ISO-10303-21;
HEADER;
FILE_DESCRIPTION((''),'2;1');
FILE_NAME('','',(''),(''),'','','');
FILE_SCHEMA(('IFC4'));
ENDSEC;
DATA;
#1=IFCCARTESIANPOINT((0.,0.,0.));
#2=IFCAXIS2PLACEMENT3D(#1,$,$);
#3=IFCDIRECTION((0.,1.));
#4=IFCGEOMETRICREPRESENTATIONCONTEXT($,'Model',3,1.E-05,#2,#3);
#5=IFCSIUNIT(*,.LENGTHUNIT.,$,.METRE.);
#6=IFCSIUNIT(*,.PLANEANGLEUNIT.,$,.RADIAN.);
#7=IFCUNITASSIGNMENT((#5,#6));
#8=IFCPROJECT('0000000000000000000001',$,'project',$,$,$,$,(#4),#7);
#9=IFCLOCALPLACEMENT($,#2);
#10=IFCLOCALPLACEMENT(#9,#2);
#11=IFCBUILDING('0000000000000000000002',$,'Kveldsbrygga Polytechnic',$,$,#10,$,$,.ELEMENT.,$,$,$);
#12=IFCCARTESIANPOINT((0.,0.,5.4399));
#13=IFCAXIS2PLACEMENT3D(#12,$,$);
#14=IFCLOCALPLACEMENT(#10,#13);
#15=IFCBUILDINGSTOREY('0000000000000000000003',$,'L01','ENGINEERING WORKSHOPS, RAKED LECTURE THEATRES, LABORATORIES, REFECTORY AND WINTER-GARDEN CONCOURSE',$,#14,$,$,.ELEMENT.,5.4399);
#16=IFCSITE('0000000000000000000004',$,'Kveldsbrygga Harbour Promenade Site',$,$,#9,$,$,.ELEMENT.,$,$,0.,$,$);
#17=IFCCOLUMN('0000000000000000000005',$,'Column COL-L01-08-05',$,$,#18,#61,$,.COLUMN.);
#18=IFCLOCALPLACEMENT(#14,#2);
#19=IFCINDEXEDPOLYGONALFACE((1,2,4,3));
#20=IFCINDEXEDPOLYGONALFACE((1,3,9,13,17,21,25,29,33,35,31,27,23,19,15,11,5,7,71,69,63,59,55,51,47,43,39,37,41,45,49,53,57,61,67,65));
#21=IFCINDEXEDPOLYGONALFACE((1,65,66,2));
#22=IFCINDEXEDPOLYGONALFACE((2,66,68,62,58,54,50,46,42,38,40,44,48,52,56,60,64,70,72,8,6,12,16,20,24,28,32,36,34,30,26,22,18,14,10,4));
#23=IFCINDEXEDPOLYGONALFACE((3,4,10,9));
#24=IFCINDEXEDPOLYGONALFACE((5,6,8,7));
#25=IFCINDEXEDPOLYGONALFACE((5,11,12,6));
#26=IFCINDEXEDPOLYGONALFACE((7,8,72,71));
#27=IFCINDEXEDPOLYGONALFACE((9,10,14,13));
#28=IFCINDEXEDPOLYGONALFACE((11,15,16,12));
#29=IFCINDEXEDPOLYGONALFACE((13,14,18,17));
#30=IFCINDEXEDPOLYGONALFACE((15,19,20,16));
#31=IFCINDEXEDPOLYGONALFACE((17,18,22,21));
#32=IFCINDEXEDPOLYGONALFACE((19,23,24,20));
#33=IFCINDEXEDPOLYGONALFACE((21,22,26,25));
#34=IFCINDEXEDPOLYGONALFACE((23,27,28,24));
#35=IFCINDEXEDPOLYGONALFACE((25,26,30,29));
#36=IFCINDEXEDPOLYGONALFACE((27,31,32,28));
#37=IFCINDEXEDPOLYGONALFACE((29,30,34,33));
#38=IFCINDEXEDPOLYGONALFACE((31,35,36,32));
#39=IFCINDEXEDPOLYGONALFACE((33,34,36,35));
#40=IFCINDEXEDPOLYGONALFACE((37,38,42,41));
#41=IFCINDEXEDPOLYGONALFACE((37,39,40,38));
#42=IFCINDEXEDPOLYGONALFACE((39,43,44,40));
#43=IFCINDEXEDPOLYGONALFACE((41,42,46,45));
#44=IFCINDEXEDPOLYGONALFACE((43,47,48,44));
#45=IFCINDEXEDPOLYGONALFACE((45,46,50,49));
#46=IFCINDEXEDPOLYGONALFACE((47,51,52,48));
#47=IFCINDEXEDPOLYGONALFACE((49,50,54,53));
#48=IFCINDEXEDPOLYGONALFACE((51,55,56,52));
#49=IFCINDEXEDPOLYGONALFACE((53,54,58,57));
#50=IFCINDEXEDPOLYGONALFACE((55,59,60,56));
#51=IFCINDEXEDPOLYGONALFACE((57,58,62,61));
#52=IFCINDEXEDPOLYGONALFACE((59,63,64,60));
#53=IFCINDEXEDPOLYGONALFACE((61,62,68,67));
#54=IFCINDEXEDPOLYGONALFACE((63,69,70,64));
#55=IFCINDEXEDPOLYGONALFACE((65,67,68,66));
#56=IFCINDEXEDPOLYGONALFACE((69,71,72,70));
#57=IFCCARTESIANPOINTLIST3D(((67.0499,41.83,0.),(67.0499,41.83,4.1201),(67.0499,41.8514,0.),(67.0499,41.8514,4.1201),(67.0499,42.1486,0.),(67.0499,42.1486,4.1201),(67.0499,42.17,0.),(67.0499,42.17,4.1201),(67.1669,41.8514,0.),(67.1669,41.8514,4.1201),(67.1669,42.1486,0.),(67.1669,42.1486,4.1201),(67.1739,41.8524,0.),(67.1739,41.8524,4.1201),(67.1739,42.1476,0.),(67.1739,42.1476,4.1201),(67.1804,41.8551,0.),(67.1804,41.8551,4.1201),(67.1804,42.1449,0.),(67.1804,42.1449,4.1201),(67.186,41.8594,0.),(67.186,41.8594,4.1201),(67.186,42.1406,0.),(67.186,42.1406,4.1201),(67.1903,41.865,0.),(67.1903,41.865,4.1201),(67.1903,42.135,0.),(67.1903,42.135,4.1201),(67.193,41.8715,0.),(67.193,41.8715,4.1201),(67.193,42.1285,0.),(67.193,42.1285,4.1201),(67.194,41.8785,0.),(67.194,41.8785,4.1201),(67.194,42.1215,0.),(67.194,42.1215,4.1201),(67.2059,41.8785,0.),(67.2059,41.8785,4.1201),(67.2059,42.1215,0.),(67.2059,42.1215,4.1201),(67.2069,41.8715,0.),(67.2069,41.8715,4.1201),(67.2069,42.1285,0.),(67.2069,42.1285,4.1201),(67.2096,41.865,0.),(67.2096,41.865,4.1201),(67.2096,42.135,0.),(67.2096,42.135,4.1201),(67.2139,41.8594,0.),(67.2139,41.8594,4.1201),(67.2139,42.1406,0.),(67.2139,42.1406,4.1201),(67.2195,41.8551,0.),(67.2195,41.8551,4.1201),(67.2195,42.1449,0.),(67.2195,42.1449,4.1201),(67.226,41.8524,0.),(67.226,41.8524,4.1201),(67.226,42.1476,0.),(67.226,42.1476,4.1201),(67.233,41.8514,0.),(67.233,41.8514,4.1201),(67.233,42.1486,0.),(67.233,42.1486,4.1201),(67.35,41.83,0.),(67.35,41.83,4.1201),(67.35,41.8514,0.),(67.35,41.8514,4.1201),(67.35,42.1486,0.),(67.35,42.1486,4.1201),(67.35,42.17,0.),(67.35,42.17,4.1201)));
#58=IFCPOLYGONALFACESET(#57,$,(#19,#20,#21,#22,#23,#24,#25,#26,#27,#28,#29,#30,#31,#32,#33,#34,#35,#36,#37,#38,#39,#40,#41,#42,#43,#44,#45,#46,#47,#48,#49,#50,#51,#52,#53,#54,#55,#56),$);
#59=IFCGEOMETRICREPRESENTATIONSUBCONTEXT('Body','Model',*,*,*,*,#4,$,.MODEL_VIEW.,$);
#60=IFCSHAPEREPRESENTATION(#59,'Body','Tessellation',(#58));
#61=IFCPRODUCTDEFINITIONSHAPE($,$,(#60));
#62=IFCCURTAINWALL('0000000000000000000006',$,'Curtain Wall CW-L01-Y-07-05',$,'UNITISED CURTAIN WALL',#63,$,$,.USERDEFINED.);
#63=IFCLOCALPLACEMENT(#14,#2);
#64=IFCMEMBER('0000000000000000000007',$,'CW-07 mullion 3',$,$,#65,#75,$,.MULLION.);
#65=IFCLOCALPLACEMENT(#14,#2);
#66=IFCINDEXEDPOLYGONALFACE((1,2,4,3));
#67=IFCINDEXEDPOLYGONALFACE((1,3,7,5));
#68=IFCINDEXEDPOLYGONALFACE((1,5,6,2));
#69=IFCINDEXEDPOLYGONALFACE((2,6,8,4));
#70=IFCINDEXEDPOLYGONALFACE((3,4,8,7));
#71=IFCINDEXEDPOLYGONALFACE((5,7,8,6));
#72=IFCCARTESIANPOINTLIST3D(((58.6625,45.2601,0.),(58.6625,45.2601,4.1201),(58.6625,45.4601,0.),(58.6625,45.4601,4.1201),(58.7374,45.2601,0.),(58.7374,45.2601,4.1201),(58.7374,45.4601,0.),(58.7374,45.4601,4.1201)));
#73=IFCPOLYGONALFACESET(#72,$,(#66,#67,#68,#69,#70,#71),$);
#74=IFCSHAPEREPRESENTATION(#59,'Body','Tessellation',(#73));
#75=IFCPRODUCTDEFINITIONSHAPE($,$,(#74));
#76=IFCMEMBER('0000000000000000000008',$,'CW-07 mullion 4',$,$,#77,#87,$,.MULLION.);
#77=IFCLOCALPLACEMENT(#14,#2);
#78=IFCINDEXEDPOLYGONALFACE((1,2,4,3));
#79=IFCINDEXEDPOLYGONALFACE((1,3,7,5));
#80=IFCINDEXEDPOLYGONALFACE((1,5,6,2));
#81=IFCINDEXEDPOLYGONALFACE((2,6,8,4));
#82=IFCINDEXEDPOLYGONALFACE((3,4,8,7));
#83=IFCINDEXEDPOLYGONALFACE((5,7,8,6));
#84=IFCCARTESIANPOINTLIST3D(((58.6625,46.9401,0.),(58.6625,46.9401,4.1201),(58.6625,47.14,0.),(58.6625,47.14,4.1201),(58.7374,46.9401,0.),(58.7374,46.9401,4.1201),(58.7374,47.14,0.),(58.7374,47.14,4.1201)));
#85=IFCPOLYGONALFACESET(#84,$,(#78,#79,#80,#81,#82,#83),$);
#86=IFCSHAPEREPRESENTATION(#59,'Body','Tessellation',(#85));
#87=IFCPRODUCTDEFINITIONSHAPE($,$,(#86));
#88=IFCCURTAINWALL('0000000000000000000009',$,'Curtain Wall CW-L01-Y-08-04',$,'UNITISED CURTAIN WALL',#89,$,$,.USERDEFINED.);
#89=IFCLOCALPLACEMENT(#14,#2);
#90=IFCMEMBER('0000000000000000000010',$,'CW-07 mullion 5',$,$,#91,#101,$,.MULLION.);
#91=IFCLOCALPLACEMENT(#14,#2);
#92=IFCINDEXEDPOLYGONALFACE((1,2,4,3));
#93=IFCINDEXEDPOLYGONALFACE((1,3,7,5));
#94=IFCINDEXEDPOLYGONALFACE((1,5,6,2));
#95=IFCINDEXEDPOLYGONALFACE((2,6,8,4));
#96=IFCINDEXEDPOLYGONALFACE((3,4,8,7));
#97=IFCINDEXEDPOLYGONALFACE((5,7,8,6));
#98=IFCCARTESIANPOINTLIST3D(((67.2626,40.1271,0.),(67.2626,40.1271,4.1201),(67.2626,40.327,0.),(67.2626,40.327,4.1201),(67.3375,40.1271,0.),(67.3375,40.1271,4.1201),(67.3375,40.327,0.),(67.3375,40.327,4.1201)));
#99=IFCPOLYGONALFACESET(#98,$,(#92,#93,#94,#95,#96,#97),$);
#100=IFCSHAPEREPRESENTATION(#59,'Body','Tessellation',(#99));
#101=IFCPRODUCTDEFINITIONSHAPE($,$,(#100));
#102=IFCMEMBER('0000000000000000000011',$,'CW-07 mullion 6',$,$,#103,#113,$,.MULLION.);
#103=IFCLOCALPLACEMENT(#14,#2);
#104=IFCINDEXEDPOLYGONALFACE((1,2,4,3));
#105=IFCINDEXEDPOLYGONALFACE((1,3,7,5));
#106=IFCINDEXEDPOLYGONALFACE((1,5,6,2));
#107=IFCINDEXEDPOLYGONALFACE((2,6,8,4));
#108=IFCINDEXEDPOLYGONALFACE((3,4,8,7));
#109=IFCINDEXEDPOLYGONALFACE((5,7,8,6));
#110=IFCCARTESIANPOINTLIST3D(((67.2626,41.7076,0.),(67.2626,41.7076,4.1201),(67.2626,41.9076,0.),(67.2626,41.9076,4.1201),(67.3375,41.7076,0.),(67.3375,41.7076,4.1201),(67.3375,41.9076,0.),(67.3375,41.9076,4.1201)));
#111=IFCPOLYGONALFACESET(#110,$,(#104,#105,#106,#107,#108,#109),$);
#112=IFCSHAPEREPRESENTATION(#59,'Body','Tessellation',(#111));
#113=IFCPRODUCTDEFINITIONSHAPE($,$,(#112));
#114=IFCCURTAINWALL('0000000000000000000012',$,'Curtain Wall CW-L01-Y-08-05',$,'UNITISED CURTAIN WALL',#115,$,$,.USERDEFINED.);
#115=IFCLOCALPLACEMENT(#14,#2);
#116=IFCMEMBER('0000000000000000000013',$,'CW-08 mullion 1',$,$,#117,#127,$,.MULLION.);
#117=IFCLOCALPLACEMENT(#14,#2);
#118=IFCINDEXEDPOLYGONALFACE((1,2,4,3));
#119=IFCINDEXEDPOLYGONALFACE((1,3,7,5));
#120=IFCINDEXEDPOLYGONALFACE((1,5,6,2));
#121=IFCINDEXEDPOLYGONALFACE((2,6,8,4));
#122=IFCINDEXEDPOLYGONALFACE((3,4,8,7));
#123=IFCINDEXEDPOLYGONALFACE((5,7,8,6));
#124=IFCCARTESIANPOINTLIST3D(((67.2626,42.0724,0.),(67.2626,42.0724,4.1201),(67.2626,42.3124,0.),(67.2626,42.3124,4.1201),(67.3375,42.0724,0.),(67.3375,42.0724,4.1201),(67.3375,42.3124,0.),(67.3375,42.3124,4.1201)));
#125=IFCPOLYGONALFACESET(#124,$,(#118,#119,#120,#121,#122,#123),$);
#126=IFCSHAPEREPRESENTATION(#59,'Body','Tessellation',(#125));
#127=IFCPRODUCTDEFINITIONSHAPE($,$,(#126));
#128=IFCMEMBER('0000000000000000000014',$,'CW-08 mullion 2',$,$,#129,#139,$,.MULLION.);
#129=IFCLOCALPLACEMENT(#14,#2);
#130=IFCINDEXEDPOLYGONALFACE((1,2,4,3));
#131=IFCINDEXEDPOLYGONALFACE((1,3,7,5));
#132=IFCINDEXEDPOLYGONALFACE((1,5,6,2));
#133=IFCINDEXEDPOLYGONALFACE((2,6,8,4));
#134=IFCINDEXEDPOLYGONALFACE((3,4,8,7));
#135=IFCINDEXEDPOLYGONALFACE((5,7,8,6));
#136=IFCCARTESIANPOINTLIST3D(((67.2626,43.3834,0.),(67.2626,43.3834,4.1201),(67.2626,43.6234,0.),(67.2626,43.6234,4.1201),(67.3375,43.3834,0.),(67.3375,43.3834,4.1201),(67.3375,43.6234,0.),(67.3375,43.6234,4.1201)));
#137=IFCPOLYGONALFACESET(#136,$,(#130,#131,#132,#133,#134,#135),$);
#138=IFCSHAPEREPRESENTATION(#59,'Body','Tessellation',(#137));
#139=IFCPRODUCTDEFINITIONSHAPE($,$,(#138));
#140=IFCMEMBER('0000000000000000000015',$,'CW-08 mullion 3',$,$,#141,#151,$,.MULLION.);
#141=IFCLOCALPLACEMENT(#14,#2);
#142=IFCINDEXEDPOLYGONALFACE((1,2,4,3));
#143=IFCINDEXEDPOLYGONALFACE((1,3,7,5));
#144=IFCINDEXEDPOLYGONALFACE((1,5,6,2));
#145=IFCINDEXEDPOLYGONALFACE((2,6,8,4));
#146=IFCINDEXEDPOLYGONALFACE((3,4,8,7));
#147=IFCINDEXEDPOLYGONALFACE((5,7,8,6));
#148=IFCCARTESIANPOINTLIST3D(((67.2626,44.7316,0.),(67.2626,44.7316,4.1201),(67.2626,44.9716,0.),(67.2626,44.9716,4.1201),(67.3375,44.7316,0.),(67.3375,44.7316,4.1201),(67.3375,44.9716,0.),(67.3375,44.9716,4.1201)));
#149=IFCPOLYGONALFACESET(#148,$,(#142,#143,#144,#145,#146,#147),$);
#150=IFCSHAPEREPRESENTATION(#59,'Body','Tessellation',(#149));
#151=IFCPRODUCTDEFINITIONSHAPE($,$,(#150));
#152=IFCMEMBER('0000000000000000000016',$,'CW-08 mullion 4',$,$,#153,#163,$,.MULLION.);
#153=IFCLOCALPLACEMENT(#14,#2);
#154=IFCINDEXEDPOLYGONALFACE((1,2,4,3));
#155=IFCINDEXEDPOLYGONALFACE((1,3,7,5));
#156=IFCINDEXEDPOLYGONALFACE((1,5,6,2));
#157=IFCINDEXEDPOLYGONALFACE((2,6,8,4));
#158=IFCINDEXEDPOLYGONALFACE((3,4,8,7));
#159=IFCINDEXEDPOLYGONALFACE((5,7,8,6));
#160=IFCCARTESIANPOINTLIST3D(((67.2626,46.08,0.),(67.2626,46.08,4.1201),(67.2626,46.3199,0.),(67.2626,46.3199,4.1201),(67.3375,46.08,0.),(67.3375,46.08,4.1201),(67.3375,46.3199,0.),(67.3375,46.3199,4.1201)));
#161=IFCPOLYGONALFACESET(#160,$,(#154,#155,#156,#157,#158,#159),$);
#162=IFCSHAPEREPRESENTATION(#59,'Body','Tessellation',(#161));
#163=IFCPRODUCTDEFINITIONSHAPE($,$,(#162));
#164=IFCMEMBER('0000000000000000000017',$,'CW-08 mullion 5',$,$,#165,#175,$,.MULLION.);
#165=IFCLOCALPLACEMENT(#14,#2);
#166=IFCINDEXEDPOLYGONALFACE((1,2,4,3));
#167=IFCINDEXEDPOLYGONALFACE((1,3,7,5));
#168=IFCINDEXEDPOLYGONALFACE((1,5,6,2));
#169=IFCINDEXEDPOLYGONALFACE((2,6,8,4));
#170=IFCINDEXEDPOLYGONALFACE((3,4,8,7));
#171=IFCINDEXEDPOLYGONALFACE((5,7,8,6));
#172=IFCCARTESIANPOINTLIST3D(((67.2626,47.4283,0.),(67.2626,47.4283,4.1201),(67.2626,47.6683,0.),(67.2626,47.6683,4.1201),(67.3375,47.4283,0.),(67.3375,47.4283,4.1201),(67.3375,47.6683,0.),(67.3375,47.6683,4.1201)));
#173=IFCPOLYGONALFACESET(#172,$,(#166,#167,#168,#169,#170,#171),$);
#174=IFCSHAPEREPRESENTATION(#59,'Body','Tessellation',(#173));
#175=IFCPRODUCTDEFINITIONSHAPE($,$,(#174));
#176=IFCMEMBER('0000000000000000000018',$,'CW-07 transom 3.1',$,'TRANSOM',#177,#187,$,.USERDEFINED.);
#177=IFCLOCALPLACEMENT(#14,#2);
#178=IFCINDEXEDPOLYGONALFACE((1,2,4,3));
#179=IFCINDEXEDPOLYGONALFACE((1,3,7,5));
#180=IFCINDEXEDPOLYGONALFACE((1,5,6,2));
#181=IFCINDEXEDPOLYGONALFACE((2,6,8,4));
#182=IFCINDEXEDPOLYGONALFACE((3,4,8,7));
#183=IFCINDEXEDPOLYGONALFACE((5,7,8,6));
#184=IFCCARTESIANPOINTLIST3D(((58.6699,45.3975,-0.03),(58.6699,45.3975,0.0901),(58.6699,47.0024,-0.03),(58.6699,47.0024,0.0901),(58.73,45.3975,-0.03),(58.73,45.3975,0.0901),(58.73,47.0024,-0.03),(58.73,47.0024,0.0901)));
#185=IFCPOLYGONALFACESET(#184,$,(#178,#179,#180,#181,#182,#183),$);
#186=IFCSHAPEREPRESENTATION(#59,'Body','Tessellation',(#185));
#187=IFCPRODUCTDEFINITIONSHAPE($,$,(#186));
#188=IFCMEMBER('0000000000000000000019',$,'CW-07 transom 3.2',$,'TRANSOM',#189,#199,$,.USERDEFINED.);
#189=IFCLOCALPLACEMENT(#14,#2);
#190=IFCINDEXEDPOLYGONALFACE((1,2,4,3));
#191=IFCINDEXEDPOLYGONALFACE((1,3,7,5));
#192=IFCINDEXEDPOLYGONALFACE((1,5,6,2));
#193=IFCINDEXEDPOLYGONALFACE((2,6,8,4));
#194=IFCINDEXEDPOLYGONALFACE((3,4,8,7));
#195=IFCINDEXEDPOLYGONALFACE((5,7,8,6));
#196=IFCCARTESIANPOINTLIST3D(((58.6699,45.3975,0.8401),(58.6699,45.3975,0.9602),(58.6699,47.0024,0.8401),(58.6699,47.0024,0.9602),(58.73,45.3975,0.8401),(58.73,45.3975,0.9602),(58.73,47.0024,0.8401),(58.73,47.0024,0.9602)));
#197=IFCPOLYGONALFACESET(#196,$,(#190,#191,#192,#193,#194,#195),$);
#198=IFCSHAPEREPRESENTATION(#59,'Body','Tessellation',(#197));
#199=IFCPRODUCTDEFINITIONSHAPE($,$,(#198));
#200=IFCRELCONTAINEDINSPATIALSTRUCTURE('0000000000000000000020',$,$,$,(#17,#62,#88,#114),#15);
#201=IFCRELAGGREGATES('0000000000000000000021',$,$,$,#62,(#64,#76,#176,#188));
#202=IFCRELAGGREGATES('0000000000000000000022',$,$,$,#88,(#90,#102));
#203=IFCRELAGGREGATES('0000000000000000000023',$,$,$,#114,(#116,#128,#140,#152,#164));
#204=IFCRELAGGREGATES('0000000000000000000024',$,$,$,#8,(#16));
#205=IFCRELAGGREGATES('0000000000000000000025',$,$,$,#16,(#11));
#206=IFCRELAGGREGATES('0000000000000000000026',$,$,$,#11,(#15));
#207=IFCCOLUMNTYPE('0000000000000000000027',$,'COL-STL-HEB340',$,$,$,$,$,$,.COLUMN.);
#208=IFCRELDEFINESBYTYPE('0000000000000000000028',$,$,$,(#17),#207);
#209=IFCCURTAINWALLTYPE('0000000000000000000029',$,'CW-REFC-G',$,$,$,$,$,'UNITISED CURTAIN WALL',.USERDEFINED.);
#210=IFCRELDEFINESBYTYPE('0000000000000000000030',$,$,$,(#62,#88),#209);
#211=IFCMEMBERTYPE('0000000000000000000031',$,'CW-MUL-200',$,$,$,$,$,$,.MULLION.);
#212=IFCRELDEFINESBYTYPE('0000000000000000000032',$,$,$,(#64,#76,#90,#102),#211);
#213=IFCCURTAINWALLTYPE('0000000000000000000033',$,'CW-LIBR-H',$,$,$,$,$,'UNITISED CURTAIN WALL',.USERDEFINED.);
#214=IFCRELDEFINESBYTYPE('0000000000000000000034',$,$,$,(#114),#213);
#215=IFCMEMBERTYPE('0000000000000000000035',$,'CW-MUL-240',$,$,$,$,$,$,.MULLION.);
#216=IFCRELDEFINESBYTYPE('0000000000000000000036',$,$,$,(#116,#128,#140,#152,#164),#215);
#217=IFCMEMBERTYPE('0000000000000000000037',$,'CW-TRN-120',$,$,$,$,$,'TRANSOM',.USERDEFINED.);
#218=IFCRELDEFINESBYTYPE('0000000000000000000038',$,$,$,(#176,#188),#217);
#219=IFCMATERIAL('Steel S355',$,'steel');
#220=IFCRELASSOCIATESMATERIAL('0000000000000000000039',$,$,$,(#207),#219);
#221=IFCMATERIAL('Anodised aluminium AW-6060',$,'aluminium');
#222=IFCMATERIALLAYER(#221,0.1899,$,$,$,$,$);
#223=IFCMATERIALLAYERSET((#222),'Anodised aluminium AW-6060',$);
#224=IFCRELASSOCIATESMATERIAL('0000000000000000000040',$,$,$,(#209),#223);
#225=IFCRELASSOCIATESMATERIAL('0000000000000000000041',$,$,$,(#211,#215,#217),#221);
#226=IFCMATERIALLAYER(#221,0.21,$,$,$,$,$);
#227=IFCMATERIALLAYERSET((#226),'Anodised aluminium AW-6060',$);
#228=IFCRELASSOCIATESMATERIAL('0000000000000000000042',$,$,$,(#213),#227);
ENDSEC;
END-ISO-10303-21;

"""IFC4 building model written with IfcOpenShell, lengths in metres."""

from ifc_helpers import new_model, si_unit, direction, frame, origin, origin_2d, place, context, subcontext, project, spatial, rectangle, i_section, extrude, material, layer, layer_set, material_profile, profile_set, type_object, element, aggregate, save


model = new_model("IFC4")

# Units and contexts
model_context = context("Model", 3, precision=1e-05, world=origin(), true_north=direction((0.0, 1.0)))
body_context = subcontext(model_context, "Body", "Model", "MODEL_VIEW")
ifc_project = project(units=[si_unit("LENGTHUNIT", "METRE"), si_unit("PLANEANGLEUNIT", "RADIAN")], contexts=[model_context])

# Site, building, storey
site_placement = place(None, origin())
site = spatial("IfcSite", under=ifc_project, at=site_placement, Name="Kveldsbrygga Harbour Promenade Site", CompositionType="ELEMENT", RefElevation=0.0)
building_placement = place(site_placement, origin())
building = spatial("IfcBuilding", under=site, at=building_placement, Name="Kveldsbrygga Polytechnic", CompositionType="ELEMENT")
storey_placement = place(building_placement, frame((0.0, 0.0, 5.4399)))
storey = spatial("IfcBuildingStorey", under=building, at=storey_placement, Name="L01", Description="ENGINEERING WORKSHOPS, RAKED LECTURE THEATRES, LABORATORIES, REFECTORY AND WINTER-GARDEN CONCOURSE", CompositionType="ELEMENT", Elevation=5.4399)

# Column
ifc_material_1 = material(Name="Steel S355", Category="steel")
ifc_material_profile_1 = material_profile(ifc_material_1, i_section(OverallWidth=0.3, OverallDepth=0.3401, WebThickness=0.012, FlangeThickness=0.0215, FilletRadius=0.0271, at=origin_2d()), Name="HEB 340")
ifc_profile_set_1 = profile_set([ifc_material_profile_1], Name="Steel S355")
column_type = type_object("IfcColumnType", Name="COL-STL-HEB340", PredefinedType="COLUMN", material=ifc_profile_set_1)
column_placement = place(storey_placement, frame((67.2, 42.0, 0.0), z_axis=(0.0, 0.0, 1.0), x_axis=(1.0, 0.0, 0.0)))
element("IfcColumn", 1, at=column_placement, inside=storey, type_object=column_type, Name="Column COL-L01-08-05", PredefinedType="COLUMN", context=body_context, shape_type="SweptSolid", body=[
    extrude(i_section(OverallWidth=0.3, OverallDepth=0.3401, WebThickness=0.012, FlangeThickness=0.0215, FilletRadius=0.0271, at=origin_2d()), origin(), (0.0, 0.0, 1.0), 4.1201),
])

# Curtain walls, members
ifc_material_2 = material(Name="Anodised aluminium AW-6060", Category="aluminium")
ifc_layer_1 = layer(ifc_material_2, 0.1899)
ifc_layer_set_1 = layer_set([ifc_layer_1], Name="Anodised aluminium AW-6060")
curtain_wall_type_1 = type_object("IfcCurtainWallType", Name="CW-REFC-G", ElementType="UNITISED CURTAIN WALL", PredefinedType="USERDEFINED", material=ifc_layer_set_1)
curtain_wall_1_placement = place(storey_placement, origin())
curtain_wall_1 = element("IfcCurtainWall", 2, at=curtain_wall_1_placement, inside=storey, type_object=curtain_wall_type_1, Name="Curtain Wall CW-L01-Y-07-05", ObjectType="UNITISED CURTAIN WALL", PredefinedType="USERDEFINED")
ifc_material_profile_2 = material_profile(ifc_material_2, rectangle(XDim=0.075, YDim=0.2, at=origin_2d()), Name="ALU 75x200")
ifc_profile_set_2 = profile_set([ifc_material_profile_2], Name="Anodised aluminium AW-6060")
member_type_1 = type_object("IfcMemberType", Name="CW-MUL-200", PredefinedType="MULLION", material=ifc_profile_set_2)
member_1_placement = place(storey_placement, frame((58.7, 45.3601, 0.0), z_axis=(0.0, 0.0, 1.0), x_axis=(-1.0, 0.0, 0.0)))
member_1 = element("IfcMember", 3, at=member_1_placement, type_object=member_type_1, Name="CW-07 mullion 3", PredefinedType="MULLION", context=body_context, shape_type="SweptSolid", body=[
    extrude(rectangle(XDim=0.075, YDim=0.2, at=origin_2d()), origin(), (0.0, 0.0, 1.0), 4.1201),
])
member_2_placement = place(storey_placement, frame((58.7, 47.04, 0.0), z_axis=(0.0, 0.0, 1.0), x_axis=(-1.0, 0.0, 0.0)))
member_2 = element("IfcMember", 4, at=member_2_placement, type_object=member_type_1, Name="CW-07 mullion 4", PredefinedType="MULLION", context=body_context, shape_type="SweptSolid", body=[
    extrude(rectangle(XDim=0.075, YDim=0.2, at=origin_2d()), origin(), (0.0, 0.0, 1.0), 4.1201),
])
curtain_wall_2_placement = place(storey_placement, origin())
curtain_wall_2 = element("IfcCurtainWall", 5, at=curtain_wall_2_placement, inside=storey, type_object=curtain_wall_type_1, Name="Curtain Wall CW-L01-Y-08-04", ObjectType="UNITISED CURTAIN WALL", PredefinedType="USERDEFINED")
member_3_placement = place(storey_placement, frame((67.3, 40.2271, 0.0), z_axis=(0.0, 0.0, 1.0), x_axis=(-1.0, 0.0, 0.0)))
member_3 = element("IfcMember", 6, at=member_3_placement, type_object=member_type_1, Name="CW-07 mullion 5", PredefinedType="MULLION", context=body_context, shape_type="SweptSolid", body=[
    extrude(rectangle(XDim=0.075, YDim=0.2, at=origin_2d()), origin(), (0.0, 0.0, 1.0), 4.1201),
])
member_4_placement = place(storey_placement, frame((67.3, 41.8076, 0.0), z_axis=(0.0, 0.0, 1.0), x_axis=(-1.0, 0.0, 0.0)))
member_4 = element("IfcMember", 7, at=member_4_placement, type_object=member_type_1, Name="CW-07 mullion 6", PredefinedType="MULLION", context=body_context, shape_type="SweptSolid", body=[
    extrude(rectangle(XDim=0.075, YDim=0.2, at=origin_2d()), origin(), (0.0, 0.0, 1.0), 4.1201),
])
ifc_layer_2 = layer(ifc_material_2, 0.21)
ifc_layer_set_2 = layer_set([ifc_layer_2], Name="Anodised aluminium AW-6060")
curtain_wall_type_2 = type_object("IfcCurtainWallType", Name="CW-LIBR-H", ElementType="UNITISED CURTAIN WALL", PredefinedType="USERDEFINED", material=ifc_layer_set_2)
curtain_wall_3_placement = place(storey_placement, origin())
curtain_wall_3 = element("IfcCurtainWall", 8, at=curtain_wall_3_placement, inside=storey, type_object=curtain_wall_type_2, Name="Curtain Wall CW-L01-Y-08-05", ObjectType="UNITISED CURTAIN WALL", PredefinedType="USERDEFINED")
ifc_material_profile_3 = material_profile(ifc_material_2, rectangle(XDim=0.075, YDim=0.24, at=origin_2d()), Name="ALU 75x240")
ifc_profile_set_3 = profile_set([ifc_material_profile_3], Name="Anodised aluminium AW-6060")
member_type_2 = type_object("IfcMemberType", Name="CW-MUL-240", PredefinedType="MULLION", material=ifc_profile_set_3)
member_5_placement = place(storey_placement, frame((67.3, 42.1924, 0.0), z_axis=(0.0, 0.0, 1.0), x_axis=(-1.0, 0.0, 0.0)))
member_5 = element("IfcMember", 9, at=member_5_placement, type_object=member_type_2, Name="CW-08 mullion 1", PredefinedType="MULLION", context=body_context, shape_type="SweptSolid", body=[
    extrude(rectangle(XDim=0.075, YDim=0.24, at=origin_2d()), origin(), (0.0, 0.0, 1.0), 4.1201),
])
member_6_placement = place(storey_placement, frame((67.3, 43.5034, 0.0), z_axis=(0.0, 0.0, 1.0), x_axis=(-1.0, 0.0, 0.0)))
member_6 = element("IfcMember", 10, at=member_6_placement, type_object=member_type_2, Name="CW-08 mullion 2", PredefinedType="MULLION", context=body_context, shape_type="SweptSolid", body=[
    extrude(rectangle(XDim=0.075, YDim=0.24, at=origin_2d()), origin(), (0.0, 0.0, 1.0), 4.1201),
])
member_7_placement = place(storey_placement, frame((67.3, 44.8516, 0.0), z_axis=(0.0, 0.0, 1.0), x_axis=(-1.0, 0.0, 0.0)))
member_7 = element("IfcMember", 11, at=member_7_placement, type_object=member_type_2, Name="CW-08 mullion 3", PredefinedType="MULLION", context=body_context, shape_type="SweptSolid", body=[
    extrude(rectangle(XDim=0.075, YDim=0.24, at=origin_2d()), origin(), (0.0, 0.0, 1.0), 4.1201),
])
member_8_placement = place(storey_placement, frame((67.3, 46.2, 0.0), z_axis=(0.0, 0.0, 1.0), x_axis=(-1.0, 0.0, 0.0)))
member_8 = element("IfcMember", 12, at=member_8_placement, type_object=member_type_2, Name="CW-08 mullion 4", PredefinedType="MULLION", context=body_context, shape_type="SweptSolid", body=[
    extrude(rectangle(XDim=0.075, YDim=0.24, at=origin_2d()), origin(), (0.0, 0.0, 1.0), 4.1201),
])
member_9_placement = place(storey_placement, frame((67.3, 47.5483, 0.0), z_axis=(0.0, 0.0, 1.0), x_axis=(-1.0, 0.0, 0.0)))
member_9 = element("IfcMember", 13, at=member_9_placement, type_object=member_type_2, Name="CW-08 mullion 5", PredefinedType="MULLION", context=body_context, shape_type="SweptSolid", body=[
    extrude(rectangle(XDim=0.075, YDim=0.24, at=origin_2d()), origin(), (0.0, 0.0, 1.0), 4.1201),
])

# Members
ifc_material_profile_4 = material_profile(ifc_material_2, rectangle(XDim=0.0601, YDim=0.1201, at=origin_2d()), Name="ALU 60x120")
ifc_profile_set_4 = profile_set([ifc_material_profile_4], Name="Anodised aluminium AW-6060")
member_type_3 = type_object("IfcMemberType", Name="CW-TRN-120", ElementType="TRANSOM", PredefinedType="USERDEFINED", material=ifc_profile_set_4)
member_10_placement = place(storey_placement, frame((58.7, 45.3975, 0.03), z_axis=(0.0, 1.0, 0.0), x_axis=(-1.0, 0.0, 0.0)))
member_10 = element("IfcMember", 14, at=member_10_placement, type_object=member_type_3, Name="CW-07 transom 3.1", ObjectType="TRANSOM", PredefinedType="USERDEFINED", context=body_context, shape_type="SweptSolid", body=[
    extrude(rectangle(XDim=0.0601, YDim=0.1201, at=origin_2d()), origin(), (0.0, 0.0, 1.0), 1.605),
])
member_11_placement = place(storey_placement, frame((58.7, 45.3975, 0.9001), z_axis=(0.0, 1.0, 0.0), x_axis=(-1.0, 0.0, 0.0)))
member_11 = element("IfcMember", 15, at=member_11_placement, type_object=member_type_3, Name="CW-07 transom 3.2", ObjectType="TRANSOM", PredefinedType="USERDEFINED", context=body_context, shape_type="SweptSolid", body=[
    extrude(rectangle(XDim=0.0601, YDim=0.1201, at=origin_2d()), origin(), (0.0, 0.0, 1.0), 1.605),
])

aggregate(curtain_wall_1, [member_1, member_2, member_10, member_11])
aggregate(curtain_wall_2, [member_3, member_4])
aggregate(curtain_wall_3, [member_5, member_6, member_7, member_8, member_9])

save(model, "model.ifc")
